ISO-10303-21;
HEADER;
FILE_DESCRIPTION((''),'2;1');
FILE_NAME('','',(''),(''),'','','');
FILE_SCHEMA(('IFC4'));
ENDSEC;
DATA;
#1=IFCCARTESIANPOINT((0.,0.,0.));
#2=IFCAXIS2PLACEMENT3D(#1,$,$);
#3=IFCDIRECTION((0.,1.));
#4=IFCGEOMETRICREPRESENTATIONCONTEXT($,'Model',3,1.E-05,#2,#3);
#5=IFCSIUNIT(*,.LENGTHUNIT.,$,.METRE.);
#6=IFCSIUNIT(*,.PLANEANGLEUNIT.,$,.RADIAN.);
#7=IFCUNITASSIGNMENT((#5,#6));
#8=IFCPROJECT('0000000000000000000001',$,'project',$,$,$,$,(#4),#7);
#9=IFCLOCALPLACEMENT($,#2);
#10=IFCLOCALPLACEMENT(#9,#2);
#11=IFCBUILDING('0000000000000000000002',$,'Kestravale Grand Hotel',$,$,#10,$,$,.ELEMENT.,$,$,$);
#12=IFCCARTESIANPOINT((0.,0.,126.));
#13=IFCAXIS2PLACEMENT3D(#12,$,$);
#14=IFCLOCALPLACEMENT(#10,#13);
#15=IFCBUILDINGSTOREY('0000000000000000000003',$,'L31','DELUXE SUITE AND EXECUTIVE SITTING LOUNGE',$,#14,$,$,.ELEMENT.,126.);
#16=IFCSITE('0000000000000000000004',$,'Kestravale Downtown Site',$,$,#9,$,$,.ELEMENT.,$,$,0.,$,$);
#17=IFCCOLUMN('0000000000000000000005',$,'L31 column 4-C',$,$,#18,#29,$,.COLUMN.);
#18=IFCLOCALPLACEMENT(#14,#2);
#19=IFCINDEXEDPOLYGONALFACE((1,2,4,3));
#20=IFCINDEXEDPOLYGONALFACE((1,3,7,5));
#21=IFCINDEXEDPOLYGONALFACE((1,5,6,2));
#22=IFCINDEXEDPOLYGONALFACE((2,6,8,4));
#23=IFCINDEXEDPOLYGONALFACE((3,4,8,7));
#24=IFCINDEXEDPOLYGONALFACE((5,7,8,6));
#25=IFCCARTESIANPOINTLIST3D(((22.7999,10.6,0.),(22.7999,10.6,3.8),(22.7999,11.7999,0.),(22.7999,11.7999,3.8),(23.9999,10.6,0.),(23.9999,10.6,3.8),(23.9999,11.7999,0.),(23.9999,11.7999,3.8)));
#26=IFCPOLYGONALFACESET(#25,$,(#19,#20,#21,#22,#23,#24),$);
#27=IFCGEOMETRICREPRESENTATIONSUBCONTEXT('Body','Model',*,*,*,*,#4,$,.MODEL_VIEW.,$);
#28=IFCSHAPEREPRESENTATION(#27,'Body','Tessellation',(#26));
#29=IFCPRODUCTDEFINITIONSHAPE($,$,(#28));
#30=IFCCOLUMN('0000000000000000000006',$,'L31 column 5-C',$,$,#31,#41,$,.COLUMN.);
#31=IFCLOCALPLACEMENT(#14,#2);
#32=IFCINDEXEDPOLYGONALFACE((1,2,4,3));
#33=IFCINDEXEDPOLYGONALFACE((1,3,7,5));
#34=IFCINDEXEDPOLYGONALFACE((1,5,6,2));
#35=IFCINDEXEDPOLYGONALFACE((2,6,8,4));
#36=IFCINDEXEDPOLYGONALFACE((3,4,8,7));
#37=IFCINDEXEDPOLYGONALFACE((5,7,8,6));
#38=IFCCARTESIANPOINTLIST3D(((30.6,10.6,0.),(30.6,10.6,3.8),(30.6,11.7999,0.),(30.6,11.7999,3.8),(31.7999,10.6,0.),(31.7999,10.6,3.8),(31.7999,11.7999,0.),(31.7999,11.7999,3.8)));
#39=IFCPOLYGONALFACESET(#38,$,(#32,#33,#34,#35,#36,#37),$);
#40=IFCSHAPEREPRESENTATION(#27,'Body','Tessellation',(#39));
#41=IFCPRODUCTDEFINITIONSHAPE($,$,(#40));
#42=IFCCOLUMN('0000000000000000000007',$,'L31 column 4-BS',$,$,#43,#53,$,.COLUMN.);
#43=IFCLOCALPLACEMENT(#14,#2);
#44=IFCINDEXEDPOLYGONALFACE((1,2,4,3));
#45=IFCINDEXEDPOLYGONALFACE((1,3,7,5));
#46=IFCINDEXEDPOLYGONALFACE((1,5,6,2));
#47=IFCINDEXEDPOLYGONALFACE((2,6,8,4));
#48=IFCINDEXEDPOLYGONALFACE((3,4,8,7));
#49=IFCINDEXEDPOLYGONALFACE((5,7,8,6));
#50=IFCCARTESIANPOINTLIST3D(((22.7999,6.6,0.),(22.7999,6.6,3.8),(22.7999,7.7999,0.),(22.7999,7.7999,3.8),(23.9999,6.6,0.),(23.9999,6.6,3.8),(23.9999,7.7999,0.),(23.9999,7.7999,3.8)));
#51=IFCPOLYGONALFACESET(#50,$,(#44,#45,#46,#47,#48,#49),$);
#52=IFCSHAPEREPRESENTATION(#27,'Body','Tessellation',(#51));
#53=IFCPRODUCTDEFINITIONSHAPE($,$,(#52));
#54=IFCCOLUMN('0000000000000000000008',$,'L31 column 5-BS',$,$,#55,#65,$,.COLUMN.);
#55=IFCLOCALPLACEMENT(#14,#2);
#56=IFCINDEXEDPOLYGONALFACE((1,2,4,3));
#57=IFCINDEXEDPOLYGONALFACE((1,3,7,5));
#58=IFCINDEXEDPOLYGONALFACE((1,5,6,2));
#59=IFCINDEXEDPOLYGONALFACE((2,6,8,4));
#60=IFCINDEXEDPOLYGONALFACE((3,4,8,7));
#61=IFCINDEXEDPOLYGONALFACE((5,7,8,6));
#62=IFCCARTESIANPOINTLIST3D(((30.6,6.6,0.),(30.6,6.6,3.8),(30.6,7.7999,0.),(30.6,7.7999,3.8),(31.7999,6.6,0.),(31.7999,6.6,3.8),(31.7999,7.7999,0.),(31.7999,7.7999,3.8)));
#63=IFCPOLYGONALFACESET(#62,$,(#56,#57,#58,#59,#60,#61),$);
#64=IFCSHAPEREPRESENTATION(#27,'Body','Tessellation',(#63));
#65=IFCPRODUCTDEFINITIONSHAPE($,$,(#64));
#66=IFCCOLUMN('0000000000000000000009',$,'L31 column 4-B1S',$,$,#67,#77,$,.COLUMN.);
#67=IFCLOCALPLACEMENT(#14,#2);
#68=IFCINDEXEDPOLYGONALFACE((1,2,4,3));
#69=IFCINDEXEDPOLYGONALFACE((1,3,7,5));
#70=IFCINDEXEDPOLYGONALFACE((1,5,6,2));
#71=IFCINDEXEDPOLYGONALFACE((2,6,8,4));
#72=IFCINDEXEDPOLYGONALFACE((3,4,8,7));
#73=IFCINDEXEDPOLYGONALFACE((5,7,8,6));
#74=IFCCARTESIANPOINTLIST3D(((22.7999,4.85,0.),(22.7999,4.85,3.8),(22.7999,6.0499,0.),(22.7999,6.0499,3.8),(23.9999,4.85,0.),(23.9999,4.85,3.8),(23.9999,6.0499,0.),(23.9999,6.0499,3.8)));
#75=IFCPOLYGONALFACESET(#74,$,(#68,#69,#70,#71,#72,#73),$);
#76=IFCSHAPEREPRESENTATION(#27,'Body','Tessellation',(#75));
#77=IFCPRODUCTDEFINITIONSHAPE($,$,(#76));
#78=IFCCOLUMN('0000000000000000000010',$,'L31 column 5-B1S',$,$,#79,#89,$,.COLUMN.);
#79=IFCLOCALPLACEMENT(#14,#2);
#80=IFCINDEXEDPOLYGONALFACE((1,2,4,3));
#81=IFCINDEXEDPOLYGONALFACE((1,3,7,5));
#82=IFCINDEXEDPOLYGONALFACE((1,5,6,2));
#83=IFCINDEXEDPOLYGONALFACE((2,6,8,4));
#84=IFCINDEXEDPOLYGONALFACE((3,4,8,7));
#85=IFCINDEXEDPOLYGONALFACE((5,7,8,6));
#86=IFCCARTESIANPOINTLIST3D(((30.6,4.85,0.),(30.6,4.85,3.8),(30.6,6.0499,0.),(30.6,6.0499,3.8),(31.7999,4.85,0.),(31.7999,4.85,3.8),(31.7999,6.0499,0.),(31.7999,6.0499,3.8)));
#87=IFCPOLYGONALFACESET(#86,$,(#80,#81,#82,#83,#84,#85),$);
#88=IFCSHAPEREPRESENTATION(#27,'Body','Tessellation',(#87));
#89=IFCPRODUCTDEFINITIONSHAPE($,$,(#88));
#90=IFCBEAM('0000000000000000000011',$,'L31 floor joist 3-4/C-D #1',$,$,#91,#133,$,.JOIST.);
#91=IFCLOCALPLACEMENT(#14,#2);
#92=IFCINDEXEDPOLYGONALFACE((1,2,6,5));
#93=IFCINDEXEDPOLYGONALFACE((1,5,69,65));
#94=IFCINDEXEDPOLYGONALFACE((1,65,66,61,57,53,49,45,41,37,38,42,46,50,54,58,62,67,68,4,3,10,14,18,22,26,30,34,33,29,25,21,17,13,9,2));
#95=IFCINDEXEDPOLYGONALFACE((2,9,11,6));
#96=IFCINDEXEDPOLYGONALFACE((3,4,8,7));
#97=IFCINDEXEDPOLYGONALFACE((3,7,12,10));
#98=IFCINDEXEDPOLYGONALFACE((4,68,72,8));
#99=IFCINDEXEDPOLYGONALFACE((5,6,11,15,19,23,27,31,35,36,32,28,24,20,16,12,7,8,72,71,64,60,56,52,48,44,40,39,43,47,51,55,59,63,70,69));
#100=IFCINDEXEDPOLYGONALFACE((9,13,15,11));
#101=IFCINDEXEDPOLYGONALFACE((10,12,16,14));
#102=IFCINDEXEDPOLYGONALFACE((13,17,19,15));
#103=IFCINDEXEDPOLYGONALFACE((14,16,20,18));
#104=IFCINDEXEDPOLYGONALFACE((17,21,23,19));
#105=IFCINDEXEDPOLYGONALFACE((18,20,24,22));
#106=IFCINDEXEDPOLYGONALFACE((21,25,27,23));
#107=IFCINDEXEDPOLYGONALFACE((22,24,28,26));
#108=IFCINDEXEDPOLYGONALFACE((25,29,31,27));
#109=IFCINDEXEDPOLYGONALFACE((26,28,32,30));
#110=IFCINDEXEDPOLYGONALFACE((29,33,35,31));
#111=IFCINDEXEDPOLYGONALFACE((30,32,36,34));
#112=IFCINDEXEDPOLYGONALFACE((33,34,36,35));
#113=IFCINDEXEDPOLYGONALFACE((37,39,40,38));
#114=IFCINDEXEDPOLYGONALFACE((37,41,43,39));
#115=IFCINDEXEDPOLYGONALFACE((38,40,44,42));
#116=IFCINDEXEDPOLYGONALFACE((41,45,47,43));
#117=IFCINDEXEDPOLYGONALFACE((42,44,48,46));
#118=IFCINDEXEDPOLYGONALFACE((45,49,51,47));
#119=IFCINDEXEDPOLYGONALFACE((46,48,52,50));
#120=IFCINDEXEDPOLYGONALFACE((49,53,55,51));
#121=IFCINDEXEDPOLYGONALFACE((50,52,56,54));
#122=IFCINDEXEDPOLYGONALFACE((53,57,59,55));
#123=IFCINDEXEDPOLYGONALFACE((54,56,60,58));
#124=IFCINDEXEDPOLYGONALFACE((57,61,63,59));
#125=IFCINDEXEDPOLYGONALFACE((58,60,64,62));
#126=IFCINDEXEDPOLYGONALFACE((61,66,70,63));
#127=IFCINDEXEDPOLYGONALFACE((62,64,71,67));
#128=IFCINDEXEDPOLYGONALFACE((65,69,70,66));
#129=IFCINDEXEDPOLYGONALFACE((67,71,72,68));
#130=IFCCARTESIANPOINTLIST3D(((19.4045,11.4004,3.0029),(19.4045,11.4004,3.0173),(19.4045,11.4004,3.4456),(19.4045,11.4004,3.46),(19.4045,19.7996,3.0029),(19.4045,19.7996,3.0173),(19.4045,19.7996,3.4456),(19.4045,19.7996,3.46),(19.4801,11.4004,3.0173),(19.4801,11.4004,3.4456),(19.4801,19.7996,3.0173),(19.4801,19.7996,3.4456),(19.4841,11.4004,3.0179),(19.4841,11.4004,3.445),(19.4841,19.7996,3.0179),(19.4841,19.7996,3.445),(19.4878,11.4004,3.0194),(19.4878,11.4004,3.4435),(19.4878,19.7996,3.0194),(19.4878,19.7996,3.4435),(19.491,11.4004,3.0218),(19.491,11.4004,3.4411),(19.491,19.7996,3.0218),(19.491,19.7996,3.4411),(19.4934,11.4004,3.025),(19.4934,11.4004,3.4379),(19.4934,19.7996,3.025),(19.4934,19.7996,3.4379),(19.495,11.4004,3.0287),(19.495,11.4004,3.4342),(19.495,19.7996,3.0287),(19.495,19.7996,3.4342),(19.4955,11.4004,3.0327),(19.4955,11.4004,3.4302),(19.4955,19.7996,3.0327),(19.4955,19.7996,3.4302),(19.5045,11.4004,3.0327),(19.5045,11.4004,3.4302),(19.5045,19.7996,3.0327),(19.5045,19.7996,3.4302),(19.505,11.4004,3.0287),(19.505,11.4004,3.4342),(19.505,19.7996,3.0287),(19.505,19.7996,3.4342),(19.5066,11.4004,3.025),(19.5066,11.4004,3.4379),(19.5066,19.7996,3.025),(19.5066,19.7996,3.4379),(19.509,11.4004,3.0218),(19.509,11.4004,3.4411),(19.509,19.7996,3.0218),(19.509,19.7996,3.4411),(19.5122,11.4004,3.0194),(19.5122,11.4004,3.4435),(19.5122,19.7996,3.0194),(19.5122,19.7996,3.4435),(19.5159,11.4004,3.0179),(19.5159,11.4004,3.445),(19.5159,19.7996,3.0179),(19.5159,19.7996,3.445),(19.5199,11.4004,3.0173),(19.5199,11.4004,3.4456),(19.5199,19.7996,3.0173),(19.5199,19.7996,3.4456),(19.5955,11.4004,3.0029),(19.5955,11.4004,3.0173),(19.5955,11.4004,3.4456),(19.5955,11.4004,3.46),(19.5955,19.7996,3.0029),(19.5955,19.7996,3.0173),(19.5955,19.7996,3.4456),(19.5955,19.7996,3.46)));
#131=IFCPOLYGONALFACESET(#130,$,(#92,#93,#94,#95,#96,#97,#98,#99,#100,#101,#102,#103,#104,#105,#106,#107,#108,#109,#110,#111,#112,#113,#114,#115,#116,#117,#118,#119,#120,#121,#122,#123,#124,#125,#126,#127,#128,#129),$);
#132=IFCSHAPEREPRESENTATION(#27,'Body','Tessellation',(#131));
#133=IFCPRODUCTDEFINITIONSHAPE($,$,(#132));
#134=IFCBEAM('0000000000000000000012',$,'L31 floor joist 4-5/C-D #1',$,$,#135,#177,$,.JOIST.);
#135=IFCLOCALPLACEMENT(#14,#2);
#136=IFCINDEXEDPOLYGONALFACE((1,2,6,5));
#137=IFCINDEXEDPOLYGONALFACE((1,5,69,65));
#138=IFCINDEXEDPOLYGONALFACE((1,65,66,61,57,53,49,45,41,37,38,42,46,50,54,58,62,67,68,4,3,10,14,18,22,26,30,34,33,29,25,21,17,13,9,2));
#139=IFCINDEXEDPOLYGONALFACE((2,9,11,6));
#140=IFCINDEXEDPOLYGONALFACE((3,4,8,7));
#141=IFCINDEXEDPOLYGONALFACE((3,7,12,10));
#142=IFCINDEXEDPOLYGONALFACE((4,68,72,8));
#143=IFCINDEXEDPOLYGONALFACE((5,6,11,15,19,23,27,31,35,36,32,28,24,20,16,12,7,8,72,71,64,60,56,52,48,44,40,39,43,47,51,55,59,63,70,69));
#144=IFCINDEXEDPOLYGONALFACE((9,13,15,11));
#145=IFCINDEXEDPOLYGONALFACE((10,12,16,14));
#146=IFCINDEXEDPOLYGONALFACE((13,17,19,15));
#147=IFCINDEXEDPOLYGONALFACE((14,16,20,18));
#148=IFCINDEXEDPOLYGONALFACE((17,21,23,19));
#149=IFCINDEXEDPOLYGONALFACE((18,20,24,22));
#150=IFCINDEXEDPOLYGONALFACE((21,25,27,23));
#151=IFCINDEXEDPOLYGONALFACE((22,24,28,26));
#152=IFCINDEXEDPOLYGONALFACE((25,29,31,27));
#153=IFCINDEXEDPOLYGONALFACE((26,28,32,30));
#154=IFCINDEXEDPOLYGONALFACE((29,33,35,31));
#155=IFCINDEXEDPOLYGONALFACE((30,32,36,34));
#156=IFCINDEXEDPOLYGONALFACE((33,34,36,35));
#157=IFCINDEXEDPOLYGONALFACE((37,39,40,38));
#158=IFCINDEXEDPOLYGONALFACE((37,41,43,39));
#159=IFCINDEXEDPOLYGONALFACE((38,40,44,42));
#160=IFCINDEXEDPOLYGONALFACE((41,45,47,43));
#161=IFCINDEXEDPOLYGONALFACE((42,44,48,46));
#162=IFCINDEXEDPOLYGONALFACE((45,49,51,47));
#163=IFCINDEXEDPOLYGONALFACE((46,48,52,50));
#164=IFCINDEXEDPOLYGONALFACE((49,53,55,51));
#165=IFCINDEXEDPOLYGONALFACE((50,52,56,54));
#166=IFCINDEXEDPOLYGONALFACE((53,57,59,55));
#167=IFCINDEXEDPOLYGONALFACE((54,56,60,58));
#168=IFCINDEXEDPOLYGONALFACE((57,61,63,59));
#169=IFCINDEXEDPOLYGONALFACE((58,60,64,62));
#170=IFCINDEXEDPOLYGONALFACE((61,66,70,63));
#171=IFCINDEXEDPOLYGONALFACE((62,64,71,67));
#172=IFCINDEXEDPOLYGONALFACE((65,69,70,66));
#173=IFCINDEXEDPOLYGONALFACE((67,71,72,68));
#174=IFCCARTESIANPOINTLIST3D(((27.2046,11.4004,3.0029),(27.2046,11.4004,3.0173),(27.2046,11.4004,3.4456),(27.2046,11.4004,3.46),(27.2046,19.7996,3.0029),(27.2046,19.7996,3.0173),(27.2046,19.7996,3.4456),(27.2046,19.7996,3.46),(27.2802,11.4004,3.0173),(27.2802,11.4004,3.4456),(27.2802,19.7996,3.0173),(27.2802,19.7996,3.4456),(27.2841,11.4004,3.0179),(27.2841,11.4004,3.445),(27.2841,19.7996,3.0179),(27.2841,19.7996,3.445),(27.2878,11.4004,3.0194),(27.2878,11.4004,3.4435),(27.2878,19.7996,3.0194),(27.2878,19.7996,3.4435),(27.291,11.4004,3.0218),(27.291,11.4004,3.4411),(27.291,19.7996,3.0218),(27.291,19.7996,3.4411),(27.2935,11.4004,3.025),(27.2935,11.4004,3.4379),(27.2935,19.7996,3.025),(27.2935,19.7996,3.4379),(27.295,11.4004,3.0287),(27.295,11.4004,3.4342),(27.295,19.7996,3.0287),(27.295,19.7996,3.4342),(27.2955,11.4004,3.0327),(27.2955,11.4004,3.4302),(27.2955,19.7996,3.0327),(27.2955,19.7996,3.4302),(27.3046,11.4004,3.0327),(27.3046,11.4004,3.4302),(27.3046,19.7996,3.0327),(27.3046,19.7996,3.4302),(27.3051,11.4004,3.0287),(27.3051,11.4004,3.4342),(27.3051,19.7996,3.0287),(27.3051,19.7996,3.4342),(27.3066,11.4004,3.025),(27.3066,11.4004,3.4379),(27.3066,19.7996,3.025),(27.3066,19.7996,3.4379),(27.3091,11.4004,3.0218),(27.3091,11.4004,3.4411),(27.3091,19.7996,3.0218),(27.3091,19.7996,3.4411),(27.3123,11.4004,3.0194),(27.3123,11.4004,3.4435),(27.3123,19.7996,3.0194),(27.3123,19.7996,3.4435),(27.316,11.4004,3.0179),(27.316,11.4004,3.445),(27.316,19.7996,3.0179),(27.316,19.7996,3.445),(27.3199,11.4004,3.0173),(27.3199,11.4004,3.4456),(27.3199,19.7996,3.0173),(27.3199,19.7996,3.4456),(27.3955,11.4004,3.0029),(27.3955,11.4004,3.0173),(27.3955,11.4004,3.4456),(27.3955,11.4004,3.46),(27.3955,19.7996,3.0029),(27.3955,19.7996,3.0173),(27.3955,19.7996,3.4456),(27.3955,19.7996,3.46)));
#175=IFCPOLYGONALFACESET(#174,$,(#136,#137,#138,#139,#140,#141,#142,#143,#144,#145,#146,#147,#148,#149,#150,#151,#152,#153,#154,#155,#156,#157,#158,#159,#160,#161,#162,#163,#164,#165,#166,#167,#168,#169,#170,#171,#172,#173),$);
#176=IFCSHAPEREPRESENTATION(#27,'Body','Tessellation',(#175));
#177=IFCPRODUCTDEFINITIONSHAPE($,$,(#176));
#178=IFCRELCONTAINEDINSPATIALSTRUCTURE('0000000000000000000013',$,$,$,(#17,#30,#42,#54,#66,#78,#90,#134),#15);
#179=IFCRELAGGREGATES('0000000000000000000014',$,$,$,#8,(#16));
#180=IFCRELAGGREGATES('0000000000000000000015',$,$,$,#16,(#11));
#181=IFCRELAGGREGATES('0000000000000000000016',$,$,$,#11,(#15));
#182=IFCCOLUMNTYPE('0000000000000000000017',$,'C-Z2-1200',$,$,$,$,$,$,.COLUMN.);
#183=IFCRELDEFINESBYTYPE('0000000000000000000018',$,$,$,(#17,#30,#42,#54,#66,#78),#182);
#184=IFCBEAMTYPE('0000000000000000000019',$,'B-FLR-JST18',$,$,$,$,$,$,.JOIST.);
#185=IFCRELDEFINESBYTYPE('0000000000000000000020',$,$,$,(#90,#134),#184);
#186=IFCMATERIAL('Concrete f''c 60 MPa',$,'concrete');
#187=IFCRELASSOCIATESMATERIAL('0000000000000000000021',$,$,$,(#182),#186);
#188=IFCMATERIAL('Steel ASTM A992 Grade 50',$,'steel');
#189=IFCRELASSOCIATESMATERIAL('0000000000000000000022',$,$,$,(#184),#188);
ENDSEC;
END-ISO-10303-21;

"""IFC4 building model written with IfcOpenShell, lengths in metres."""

from ifc_helpers import new_model, si_unit, direction, frame, origin, origin_2d, place, context, subcontext, project, spatial, rectangle, i_section, extrude, material, material_profile, profile_set, type_object, element, save


model = new_model("IFC4")

# Units and contexts
model_context = context("Model", 3, precision=1e-05, world=origin(), true_north=direction((0.0, 1.0)))
body_context = subcontext(model_context, "Body", "Model", "MODEL_VIEW")
ifc_project = project(units=[si_unit("LENGTHUNIT", "METRE"), si_unit("PLANEANGLEUNIT", "RADIAN")], contexts=[model_context])

# Site, building, storey
site_placement = place(None, origin())
site = spatial("IfcSite", under=ifc_project, at=site_placement, Name="Kestravale Downtown Site", CompositionType="ELEMENT", RefElevation=0.0)
building_placement = place(site_placement, origin())
building = spatial("IfcBuilding", under=site, at=building_placement, Name="Kestravale Grand Hotel", CompositionType="ELEMENT")
storey_placement = place(building_placement, frame((0.0, 0.0, 126.0)))
storey = spatial("IfcBuildingStorey", under=building, at=storey_placement, Name="L31", Description="DELUXE SUITE AND EXECUTIVE SITTING LOUNGE", CompositionType="ELEMENT", Elevation=126.0)

# Columns
ifc_material_1 = material(Name="Concrete f'c 60 MPa", Category="concrete")
ifc_material_profile_1 = material_profile(ifc_material_1, rectangle(XDim=1.2, YDim=1.2, at=origin_2d()))
ifc_profile_set_1 = profile_set([ifc_material_profile_1], Name="Concrete f'c 60 MPa")
column_type = type_object("IfcColumnType", Name="C-Z2-1200", PredefinedType="COLUMN", material=ifc_profile_set_1)
for number, where, z_axis, x_axis, name in (
    (1, (23.3999, 11.2, 0.0), (0.0, 0.0, 1.0), (1.0, 0.0, 0.0), "L31 column 4-C"),
    (2, (31.2, 11.2, 0.0), (0.0, 0.0, 1.0), (1.0, 0.0, 0.0), "L31 column 5-C"),
    (3, (23.3999, 7.2, 0.0), (0.0, 0.0, 1.0), (1.0, 0.0, 0.0), "L31 column 4-BS"),
    (4, (31.2, 7.2, 0.0), (0.0, 0.0, 1.0), (1.0, 0.0, 0.0), "L31 column 5-BS"),
    (5, (23.3999, 5.45, 0.0), (0.0, 0.0, 1.0), (1.0, 0.0, 0.0), "L31 column 4-B1S"),
    (6, (31.2, 5.45, 0.0), (0.0, 0.0, 1.0), (1.0, 0.0, 0.0), "L31 column 5-B1S"),
):
    element("IfcColumn", number, at=place(storey_placement, frame(where, z_axis=z_axis, x_axis=x_axis)), inside=storey, type_object=column_type, Name=name, PredefinedType="COLUMN", context=body_context, shape_type="SweptSolid", body=[
        extrude(rectangle(XDim=1.2, YDim=1.2, at=origin_2d()), origin(), (0.0, 0.0, 1.0), 3.8),
    ])

# Beams
ifc_material_2 = material(Name="Steel ASTM A992 Grade 50", Category="steel")
ifc_material_profile_2 = material_profile(ifc_material_2, i_section(OverallWidth=0.1909, OverallDepth=0.457, WebThickness=0.009, FlangeThickness=0.0144, FilletRadius=0.0154, at=origin_2d()))
ifc_profile_set_2 = profile_set([ifc_material_profile_2], Name="Steel ASTM A992 Grade 50")
beam_type_1 = type_object("IfcBeamType", Name="B-FLR-JST18", PredefinedType="JOIST", material=ifc_profile_set_2)
for number, where, z_axis, x_axis, name in (
    (7, (19.5, 11.4004, 3.2314), (0.0, 1.0, 0.0), (-1.0, 0.0, 0.0), "L31 floor joist 3-4/C-D #1"),
    (8, (27.3, 11.4004, 3.2314), (0.0, 1.0, 0.0), (-1.0, 0.0, 0.0), "L31 floor joist 4-5/C-D #1"),
):
    element("IfcBeam", number, at=place(storey_placement, frame(where, z_axis=z_axis, x_axis=x_axis)), inside=storey, type_object=beam_type_1, Name=name, PredefinedType="JOIST", context=body_context, shape_type="SweptSolid", body=[
        extrude(i_section(OverallWidth=0.1909, OverallDepth=0.457, WebThickness=0.009, FlangeThickness=0.0144, FilletRadius=0.0154, at=origin_2d()), origin(), (0.0, 0.0, 1.0), 8.3992),
    ])

save(model, "model.ifc")
